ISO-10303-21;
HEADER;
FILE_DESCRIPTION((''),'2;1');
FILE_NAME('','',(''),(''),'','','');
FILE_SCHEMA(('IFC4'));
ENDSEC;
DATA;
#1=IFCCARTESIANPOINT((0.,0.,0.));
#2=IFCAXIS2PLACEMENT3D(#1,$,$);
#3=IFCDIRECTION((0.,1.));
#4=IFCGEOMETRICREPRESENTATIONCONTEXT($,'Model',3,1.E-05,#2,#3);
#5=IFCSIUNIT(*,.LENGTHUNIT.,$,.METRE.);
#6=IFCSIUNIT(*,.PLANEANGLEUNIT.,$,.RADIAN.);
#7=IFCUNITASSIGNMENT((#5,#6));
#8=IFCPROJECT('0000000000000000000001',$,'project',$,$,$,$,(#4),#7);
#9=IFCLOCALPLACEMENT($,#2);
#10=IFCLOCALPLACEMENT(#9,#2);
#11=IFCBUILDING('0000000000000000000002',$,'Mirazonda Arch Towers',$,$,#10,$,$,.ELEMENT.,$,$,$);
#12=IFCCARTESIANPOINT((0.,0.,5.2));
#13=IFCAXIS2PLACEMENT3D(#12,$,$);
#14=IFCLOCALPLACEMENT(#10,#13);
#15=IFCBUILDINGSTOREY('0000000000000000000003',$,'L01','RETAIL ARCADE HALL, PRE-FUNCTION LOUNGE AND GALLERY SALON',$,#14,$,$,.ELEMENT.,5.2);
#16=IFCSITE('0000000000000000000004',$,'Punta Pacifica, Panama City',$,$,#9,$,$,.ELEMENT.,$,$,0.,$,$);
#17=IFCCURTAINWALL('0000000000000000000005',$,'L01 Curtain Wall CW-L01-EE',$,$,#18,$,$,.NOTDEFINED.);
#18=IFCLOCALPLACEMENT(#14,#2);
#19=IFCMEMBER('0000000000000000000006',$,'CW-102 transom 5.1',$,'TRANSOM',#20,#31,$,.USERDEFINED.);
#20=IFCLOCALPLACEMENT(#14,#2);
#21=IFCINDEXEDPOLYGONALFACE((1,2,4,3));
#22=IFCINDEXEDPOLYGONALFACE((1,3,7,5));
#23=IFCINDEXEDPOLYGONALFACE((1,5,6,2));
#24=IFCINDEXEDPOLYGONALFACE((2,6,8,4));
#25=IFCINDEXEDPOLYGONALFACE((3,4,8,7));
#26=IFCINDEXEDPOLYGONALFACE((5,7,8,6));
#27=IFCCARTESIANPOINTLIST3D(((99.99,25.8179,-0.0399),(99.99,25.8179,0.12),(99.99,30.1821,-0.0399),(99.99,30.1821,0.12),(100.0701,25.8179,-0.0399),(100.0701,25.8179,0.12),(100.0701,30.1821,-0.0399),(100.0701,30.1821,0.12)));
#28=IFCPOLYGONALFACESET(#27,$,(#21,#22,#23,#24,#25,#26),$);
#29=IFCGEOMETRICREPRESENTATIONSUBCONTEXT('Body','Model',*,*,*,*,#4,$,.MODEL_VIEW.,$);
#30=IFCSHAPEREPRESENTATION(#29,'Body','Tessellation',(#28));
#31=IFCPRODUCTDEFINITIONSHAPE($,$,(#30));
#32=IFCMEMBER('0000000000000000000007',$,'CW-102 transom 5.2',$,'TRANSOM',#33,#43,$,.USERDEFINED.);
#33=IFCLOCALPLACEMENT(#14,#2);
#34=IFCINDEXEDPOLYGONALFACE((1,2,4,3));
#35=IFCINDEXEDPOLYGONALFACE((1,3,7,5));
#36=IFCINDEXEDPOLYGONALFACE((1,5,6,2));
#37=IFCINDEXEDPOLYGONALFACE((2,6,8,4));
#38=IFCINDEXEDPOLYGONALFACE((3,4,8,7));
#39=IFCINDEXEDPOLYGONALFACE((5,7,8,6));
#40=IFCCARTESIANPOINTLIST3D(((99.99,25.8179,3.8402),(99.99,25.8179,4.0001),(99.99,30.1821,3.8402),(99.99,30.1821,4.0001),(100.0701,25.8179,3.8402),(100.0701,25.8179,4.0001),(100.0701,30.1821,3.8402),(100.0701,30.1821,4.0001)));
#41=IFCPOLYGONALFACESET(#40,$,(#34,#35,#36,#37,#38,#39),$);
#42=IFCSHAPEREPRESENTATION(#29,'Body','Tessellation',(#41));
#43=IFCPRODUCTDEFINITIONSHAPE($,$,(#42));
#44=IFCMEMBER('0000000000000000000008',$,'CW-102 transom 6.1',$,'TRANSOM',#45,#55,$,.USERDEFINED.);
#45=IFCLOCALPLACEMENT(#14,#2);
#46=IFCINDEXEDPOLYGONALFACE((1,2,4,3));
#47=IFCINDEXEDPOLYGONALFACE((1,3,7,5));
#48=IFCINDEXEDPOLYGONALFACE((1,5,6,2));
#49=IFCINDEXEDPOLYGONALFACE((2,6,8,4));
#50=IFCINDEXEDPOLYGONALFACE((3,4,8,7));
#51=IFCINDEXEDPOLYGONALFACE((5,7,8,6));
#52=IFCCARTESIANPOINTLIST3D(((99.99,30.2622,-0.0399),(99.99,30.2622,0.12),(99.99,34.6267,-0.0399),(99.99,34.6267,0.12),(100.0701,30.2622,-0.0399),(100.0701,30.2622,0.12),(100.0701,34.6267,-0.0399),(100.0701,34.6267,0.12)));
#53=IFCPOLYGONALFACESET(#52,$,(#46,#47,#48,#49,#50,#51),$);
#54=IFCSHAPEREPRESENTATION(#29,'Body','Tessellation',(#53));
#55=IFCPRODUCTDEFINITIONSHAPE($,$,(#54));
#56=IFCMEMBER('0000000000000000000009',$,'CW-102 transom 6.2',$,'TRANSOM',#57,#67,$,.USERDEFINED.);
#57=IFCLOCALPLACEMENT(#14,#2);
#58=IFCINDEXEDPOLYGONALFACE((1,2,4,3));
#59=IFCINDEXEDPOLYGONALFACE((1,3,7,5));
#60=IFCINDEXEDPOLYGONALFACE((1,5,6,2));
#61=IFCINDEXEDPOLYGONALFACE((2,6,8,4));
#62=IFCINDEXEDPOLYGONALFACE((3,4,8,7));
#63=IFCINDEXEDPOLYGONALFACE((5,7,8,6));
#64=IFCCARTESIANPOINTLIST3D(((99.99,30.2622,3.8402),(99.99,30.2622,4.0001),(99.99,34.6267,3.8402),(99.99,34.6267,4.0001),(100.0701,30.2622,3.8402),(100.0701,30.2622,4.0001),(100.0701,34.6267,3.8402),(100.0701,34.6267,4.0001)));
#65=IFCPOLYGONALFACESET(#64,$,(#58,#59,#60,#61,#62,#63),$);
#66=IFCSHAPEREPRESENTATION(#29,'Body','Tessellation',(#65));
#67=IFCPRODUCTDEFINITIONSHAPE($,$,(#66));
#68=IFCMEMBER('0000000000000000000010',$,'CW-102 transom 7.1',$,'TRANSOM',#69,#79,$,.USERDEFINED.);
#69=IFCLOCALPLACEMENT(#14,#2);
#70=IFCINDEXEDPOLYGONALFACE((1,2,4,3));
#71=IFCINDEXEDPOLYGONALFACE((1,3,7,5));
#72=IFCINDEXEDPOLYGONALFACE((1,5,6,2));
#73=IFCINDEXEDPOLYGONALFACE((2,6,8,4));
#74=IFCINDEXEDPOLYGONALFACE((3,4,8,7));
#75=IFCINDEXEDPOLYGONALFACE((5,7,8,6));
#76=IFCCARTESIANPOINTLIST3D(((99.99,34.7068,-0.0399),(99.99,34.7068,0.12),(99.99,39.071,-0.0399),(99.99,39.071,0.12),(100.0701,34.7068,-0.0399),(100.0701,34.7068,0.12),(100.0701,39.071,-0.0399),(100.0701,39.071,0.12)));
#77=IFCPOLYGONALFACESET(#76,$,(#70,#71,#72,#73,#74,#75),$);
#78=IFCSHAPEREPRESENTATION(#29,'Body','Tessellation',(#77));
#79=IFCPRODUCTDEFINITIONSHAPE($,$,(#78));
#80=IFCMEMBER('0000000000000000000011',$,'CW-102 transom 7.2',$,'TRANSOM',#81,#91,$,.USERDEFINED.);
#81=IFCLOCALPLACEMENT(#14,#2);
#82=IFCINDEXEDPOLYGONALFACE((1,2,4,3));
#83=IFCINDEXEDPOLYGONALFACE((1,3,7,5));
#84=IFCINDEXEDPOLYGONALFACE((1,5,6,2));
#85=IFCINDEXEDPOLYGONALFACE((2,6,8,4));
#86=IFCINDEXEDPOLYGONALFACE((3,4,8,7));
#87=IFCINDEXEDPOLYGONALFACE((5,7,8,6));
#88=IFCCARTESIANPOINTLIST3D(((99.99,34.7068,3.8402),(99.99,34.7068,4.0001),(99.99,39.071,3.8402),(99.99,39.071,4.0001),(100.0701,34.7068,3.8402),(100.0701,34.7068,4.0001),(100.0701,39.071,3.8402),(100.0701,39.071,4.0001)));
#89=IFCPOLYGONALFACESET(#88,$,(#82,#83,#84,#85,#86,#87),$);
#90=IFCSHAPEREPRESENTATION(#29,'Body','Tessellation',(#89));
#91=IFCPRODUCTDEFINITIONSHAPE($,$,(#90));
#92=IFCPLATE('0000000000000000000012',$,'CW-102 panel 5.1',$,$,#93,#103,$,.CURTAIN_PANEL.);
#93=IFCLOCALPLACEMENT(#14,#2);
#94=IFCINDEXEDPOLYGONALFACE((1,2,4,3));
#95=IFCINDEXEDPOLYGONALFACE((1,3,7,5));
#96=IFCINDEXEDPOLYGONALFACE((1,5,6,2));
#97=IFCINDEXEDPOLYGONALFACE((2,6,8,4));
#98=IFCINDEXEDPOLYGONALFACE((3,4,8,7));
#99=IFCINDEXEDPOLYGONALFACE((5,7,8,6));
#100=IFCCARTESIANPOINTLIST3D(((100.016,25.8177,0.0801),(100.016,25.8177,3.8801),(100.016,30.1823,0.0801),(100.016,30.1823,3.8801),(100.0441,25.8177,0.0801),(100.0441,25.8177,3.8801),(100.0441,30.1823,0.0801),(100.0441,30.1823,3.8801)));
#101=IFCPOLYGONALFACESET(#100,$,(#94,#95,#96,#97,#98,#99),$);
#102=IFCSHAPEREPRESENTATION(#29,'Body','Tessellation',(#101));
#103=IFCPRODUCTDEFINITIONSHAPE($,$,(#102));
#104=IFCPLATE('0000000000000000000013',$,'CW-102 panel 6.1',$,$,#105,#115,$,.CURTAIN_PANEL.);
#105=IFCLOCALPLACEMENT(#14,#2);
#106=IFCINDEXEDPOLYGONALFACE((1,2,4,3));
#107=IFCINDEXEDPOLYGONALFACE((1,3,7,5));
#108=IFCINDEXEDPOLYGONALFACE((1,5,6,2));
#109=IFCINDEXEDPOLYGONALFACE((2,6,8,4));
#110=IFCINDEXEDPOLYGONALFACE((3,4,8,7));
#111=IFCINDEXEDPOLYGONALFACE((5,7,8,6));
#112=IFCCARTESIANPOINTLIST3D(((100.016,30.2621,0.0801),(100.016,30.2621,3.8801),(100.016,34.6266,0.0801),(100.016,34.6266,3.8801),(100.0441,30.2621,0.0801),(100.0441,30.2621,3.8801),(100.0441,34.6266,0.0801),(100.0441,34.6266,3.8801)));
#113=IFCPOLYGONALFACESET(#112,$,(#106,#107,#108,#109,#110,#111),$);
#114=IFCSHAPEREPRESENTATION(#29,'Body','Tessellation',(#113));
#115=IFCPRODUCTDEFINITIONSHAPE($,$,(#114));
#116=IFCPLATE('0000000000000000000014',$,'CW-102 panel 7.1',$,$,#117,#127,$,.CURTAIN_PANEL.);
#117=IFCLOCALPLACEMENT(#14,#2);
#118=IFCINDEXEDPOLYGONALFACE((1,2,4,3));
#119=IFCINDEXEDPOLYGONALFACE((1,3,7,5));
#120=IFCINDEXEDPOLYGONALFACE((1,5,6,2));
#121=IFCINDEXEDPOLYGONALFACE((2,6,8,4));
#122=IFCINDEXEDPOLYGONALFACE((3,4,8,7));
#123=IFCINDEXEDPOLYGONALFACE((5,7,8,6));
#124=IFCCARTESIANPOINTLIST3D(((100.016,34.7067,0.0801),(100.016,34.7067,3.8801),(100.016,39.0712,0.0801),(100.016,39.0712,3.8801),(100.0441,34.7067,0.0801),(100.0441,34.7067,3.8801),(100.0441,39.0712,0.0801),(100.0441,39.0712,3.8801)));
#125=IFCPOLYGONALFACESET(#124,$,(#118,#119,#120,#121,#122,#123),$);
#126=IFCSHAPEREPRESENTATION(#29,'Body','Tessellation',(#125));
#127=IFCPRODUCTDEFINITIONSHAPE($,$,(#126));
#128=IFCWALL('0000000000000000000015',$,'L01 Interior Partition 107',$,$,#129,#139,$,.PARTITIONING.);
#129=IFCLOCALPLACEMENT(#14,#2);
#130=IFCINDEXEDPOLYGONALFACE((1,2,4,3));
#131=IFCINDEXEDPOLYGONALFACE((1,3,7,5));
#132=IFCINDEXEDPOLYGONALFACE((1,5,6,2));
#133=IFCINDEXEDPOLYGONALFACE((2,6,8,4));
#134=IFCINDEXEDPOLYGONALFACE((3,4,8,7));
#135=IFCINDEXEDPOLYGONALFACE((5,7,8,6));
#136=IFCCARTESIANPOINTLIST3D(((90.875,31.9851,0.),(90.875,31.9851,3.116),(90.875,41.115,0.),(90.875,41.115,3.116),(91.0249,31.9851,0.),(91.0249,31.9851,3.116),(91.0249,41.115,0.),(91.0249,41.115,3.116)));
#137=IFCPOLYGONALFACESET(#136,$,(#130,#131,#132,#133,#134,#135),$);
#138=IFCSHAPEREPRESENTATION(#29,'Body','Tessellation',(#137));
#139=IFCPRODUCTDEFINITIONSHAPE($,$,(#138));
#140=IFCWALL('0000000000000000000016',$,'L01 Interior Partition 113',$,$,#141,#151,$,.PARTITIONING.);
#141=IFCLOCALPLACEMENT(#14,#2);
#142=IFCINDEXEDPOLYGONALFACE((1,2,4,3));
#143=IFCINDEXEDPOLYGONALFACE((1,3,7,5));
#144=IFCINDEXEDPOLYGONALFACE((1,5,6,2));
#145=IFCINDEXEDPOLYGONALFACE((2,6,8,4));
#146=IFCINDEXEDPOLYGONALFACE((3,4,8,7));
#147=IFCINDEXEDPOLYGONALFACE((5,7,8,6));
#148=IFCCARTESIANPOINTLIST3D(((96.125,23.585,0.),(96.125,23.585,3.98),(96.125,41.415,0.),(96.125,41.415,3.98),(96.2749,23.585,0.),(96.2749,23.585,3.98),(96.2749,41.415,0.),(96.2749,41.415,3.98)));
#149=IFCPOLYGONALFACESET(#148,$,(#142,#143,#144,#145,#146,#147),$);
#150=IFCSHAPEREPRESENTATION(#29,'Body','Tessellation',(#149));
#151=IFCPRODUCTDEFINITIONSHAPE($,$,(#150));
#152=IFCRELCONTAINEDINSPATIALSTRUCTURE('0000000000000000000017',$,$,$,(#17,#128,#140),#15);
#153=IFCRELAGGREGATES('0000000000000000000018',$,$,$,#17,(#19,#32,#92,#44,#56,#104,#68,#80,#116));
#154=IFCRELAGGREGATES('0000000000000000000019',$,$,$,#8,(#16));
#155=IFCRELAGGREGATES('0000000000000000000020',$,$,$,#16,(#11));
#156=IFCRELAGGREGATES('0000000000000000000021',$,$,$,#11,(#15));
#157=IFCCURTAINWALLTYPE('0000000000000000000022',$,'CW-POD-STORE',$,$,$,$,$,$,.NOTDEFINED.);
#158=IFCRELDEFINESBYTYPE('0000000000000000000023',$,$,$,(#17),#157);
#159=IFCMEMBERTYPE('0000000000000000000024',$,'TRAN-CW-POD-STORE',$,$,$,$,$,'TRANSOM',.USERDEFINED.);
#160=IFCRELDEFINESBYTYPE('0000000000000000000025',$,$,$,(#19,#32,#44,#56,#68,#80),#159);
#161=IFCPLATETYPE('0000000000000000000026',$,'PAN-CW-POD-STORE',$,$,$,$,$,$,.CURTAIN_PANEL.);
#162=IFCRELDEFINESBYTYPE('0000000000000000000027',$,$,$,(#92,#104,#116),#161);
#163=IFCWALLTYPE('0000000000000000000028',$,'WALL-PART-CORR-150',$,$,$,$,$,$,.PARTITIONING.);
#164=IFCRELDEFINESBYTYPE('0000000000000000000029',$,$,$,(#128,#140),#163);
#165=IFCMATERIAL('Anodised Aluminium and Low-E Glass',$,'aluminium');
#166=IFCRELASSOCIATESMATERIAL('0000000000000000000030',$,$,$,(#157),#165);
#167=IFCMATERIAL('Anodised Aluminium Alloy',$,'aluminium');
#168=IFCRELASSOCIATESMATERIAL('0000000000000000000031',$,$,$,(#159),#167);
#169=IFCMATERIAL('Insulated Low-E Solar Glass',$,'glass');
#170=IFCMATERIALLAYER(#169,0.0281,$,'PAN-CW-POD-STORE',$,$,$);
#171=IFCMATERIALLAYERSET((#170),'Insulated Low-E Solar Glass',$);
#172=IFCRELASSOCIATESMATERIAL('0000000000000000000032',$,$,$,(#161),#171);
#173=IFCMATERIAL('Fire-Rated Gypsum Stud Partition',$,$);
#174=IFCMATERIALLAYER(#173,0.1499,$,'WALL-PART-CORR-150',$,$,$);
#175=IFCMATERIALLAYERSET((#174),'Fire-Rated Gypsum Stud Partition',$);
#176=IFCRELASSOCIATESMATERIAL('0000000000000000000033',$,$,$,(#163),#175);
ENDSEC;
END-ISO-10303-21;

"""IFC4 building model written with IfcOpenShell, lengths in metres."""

from ifc_helpers import new_model, si_unit, direction, frame, frame_2d, origin, origin_2d, place, context, subcontext, project, spatial, rectangle, extrude, material, layer, layer_set, material_profile, profile_set, type_object, element, aggregate, save


model = new_model("IFC4")

# Units and contexts
model_context = context("Model", 3, precision=1e-05, world=origin(), true_north=direction((0.0, 1.0)))
body_context = subcontext(model_context, "Body", "Model", "MODEL_VIEW")
ifc_project = project(units=[si_unit("LENGTHUNIT", "METRE"), si_unit("PLANEANGLEUNIT", "RADIAN")], contexts=[model_context])

# Site, building, storey
site_placement = place(None, origin())
site = spatial("IfcSite", under=ifc_project, at=site_placement, Name="Punta Pacifica, Panama City", CompositionType="ELEMENT", RefElevation=0.0)
building_placement = place(site_placement, origin())
building = spatial("IfcBuilding", under=site, at=building_placement, Name="Mirazonda Arch Towers", CompositionType="ELEMENT")
storey_placement = place(building_placement, frame((0.0, 0.0, 5.2)))
storey = spatial("IfcBuildingStorey", under=building, at=storey_placement, Name="L01", Description="RETAIL ARCADE HALL, PRE-FUNCTION LOUNGE AND GALLERY SALON", CompositionType="ELEMENT", Elevation=5.2)

# Curtain wall, members, plates
ifc_material_1 = material(Name="Anodised Aluminium and Low-E Glass", Category="aluminium")
curtain_wall_type = type_object("IfcCurtainWallType", Name="CW-POD-STORE", PredefinedType="NOTDEFINED", material=ifc_material_1)
curtain_wall_placement = place(storey_placement, origin())
curtain_wall = element("IfcCurtainWall", 1, at=curtain_wall_placement, inside=storey, type_object=curtain_wall_type, Name="L01 Curtain Wall CW-L01-EE", PredefinedType="NOTDEFINED")
ifc_material_2 = material(Name="Anodised Aluminium Alloy", Category="aluminium")
ifc_material_profile_1 = material_profile(ifc_material_2, rectangle(XDim=0.0801, YDim=0.1599, at=origin_2d()), Name="ALU-TRAN-80x160")
ifc_profile_set_1 = profile_set([ifc_material_profile_1], Name="Anodised Aluminium Alloy")
member_type_1 = type_object("IfcMemberType", Name="TRAN-CW-POD-STORE", ElementType="TRANSOM", PredefinedType="USERDEFINED", material=ifc_profile_set_1)
member_1_placement = place(storey_placement, frame((100.03, 25.8179, 0.04), z_axis=(0.0, 1.0, 0.0), x_axis=(-1.0, 0.0, 0.0)))
member_1 = element("IfcMember", 2, at=member_1_placement, type_object=member_type_1, Name="CW-102 transom 5.1", ObjectType="TRANSOM", PredefinedType="USERDEFINED", context=body_context, shape_type="SweptSolid", body=[
    extrude(rectangle(XDim=0.0801, YDim=0.1599, at=origin_2d()), origin(), (0.0, 0.0, 1.0), 4.3643),
])
member_2_placement = place(storey_placement, frame((100.03, 25.8179, 3.9202), z_axis=(0.0, 1.0, 0.0), x_axis=(-1.0, 0.0, 0.0)))
member_2 = element("IfcMember", 3, at=member_2_placement, type_object=member_type_1, Name="CW-102 transom 5.2", ObjectType="TRANSOM", PredefinedType="USERDEFINED", context=body_context, shape_type="SweptSolid", body=[
    extrude(rectangle(XDim=0.0801, YDim=0.1599, at=origin_2d()), origin(), (0.0, 0.0, 1.0), 4.3643),
])
member_3_placement = place(storey_placement, frame((100.03, 30.2622, 0.04), z_axis=(0.0, 1.0, 0.0), x_axis=(-1.0, 0.0, 0.0)))
member_3 = element("IfcMember", 4, at=member_3_placement, type_object=member_type_1, Name="CW-102 transom 6.1", ObjectType="TRANSOM", PredefinedType="USERDEFINED", context=body_context, shape_type="SweptSolid", body=[
    extrude(rectangle(XDim=0.0801, YDim=0.1599, at=origin_2d()), origin(), (0.0, 0.0, 1.0), 4.3645),
])
member_4_placement = place(storey_placement, frame((100.03, 30.2622, 3.9202), z_axis=(0.0, 1.0, 0.0), x_axis=(-1.0, 0.0, 0.0)))
member_4 = element("IfcMember", 5, at=member_4_placement, type_object=member_type_1, Name="CW-102 transom 6.2", ObjectType="TRANSOM", PredefinedType="USERDEFINED", context=body_context, shape_type="SweptSolid", body=[
    extrude(rectangle(XDim=0.0801, YDim=0.1599, at=origin_2d()), origin(), (0.0, 0.0, 1.0), 4.3645),
])
member_5_placement = place(storey_placement, frame((100.03, 34.7068, 0.04), z_axis=(0.0, 1.0, 0.0), x_axis=(-1.0, 0.0, 0.0)))
member_5 = element("IfcMember", 6, at=member_5_placement, type_object=member_type_1, Name="CW-102 transom 7.1", ObjectType="TRANSOM", PredefinedType="USERDEFINED", context=body_context, shape_type="SweptSolid", body=[
    extrude(rectangle(XDim=0.0801, YDim=0.1599, at=origin_2d()), origin(), (0.0, 0.0, 1.0), 4.3643),
])
member_6_placement = place(storey_placement, frame((100.03, 34.7068, 3.9202), z_axis=(0.0, 1.0, 0.0), x_axis=(-1.0, 0.0, 0.0)))
member_6 = element("IfcMember", 7, at=member_6_placement, type_object=member_type_1, Name="CW-102 transom 7.2", ObjectType="TRANSOM", PredefinedType="USERDEFINED", context=body_context, shape_type="SweptSolid", body=[
    extrude(rectangle(XDim=0.0801, YDim=0.1599, at=origin_2d()), origin(), (0.0, 0.0, 1.0), 4.3643),
])
ifc_material_3 = material(Name="Insulated Low-E Solar Glass", Category="glass")
ifc_layer_1 = layer(ifc_material_3, 0.0281, Name="PAN-CW-POD-STORE")
ifc_layer_set_1 = layer_set([ifc_layer_1], Name="Insulated Low-E Solar Glass")
plate_type = type_object("IfcPlateType", Name="PAN-CW-POD-STORE", PredefinedType="CURTAIN_PANEL", material=ifc_layer_set_1)
plate_1_placement = place(storey_placement, frame((100.03, 28.0, 0.0801), z_axis=(0.0, 0.0, 1.0), x_axis=(0.0, 1.0, 0.0)))
plate_1 = element("IfcPlate", 8, at=plate_1_placement, type_object=plate_type, Name="CW-102 panel 5.1", PredefinedType="CURTAIN_PANEL", context=body_context, shape_type="SweptSolid", body=[
    extrude(rectangle(XDim=4.3645, YDim=0.0281, at=origin_2d()), origin(), (0.0, 0.0, 1.0), 3.8),
])
plate_2_placement = place(storey_placement, frame((100.03, 32.4443, 0.0801), z_axis=(0.0, 0.0, 1.0), x_axis=(0.0, 1.0, 0.0)))
plate_2 = element("IfcPlate", 9, at=plate_2_placement, type_object=plate_type, Name="CW-102 panel 6.1", PredefinedType="CURTAIN_PANEL", context=body_context, shape_type="SweptSolid", body=[
    extrude(rectangle(XDim=4.3645, YDim=0.0281, at=origin_2d()), origin(), (0.0, 0.0, 1.0), 3.8),
])
plate_3_placement = place(storey_placement, frame((100.03, 36.8889, 0.0801), z_axis=(0.0, 0.0, 1.0), x_axis=(0.0, 1.0, 0.0)))
plate_3 = element("IfcPlate", 10, at=plate_3_placement, type_object=plate_type, Name="CW-102 panel 7.1", PredefinedType="CURTAIN_PANEL", context=body_context, shape_type="SweptSolid", body=[
    extrude(rectangle(XDim=4.3645, YDim=0.0281, at=origin_2d()), origin(), (0.0, 0.0, 1.0), 3.8),
])
aggregate(curtain_wall, [member_1, member_2, plate_1, member_3, member_4, plate_2, member_5, member_6, plate_3])

# Walls
ifc_material_4 = material(Name="Fire-Rated Gypsum Stud Partition")
ifc_layer_2 = layer(ifc_material_4, 0.1499, Name="WALL-PART-CORR-150")
ifc_layer_set_2 = layer_set([ifc_layer_2], Name="Fire-Rated Gypsum Stud Partition")
wall_type = type_object("IfcWallType", Name="WALL-PART-CORR-150", PredefinedType="PARTITIONING", material=ifc_layer_set_2)
wall_1_placement = place(storey_placement, frame((90.95, 31.9851, 0.0), z_axis=(0.0, 0.0, 1.0), x_axis=(0.0, 1.0, 0.0)))
element("IfcWall", 11, at=wall_1_placement, inside=storey, type_object=wall_type, Name="L01 Interior Partition 107", PredefinedType="PARTITIONING", context=body_context, shape_type="SweptSolid", body=[
    extrude(rectangle(XDim=9.1299, YDim=0.1499, at=frame_2d((4.5649, 0.0))), origin(), (0.0, 0.0, 1.0), 3.116),
])
wall_2_placement = place(storey_placement, frame((96.2, 23.585, 0.0), z_axis=(0.0, 0.0, 1.0), x_axis=(0.0, 1.0, 0.0)))
element("IfcWall", 12, at=wall_2_placement, inside=storey, type_object=wall_type, Name="L01 Interior Partition 113", PredefinedType="PARTITIONING", context=body_context, shape_type="SweptSolid", body=[
    extrude(rectangle(XDim=17.8301, YDim=0.1499, at=frame_2d((8.915, 0.0))), origin(), (0.0, 0.0, 1.0), 3.98),
])

save(model, "model.ifc")
